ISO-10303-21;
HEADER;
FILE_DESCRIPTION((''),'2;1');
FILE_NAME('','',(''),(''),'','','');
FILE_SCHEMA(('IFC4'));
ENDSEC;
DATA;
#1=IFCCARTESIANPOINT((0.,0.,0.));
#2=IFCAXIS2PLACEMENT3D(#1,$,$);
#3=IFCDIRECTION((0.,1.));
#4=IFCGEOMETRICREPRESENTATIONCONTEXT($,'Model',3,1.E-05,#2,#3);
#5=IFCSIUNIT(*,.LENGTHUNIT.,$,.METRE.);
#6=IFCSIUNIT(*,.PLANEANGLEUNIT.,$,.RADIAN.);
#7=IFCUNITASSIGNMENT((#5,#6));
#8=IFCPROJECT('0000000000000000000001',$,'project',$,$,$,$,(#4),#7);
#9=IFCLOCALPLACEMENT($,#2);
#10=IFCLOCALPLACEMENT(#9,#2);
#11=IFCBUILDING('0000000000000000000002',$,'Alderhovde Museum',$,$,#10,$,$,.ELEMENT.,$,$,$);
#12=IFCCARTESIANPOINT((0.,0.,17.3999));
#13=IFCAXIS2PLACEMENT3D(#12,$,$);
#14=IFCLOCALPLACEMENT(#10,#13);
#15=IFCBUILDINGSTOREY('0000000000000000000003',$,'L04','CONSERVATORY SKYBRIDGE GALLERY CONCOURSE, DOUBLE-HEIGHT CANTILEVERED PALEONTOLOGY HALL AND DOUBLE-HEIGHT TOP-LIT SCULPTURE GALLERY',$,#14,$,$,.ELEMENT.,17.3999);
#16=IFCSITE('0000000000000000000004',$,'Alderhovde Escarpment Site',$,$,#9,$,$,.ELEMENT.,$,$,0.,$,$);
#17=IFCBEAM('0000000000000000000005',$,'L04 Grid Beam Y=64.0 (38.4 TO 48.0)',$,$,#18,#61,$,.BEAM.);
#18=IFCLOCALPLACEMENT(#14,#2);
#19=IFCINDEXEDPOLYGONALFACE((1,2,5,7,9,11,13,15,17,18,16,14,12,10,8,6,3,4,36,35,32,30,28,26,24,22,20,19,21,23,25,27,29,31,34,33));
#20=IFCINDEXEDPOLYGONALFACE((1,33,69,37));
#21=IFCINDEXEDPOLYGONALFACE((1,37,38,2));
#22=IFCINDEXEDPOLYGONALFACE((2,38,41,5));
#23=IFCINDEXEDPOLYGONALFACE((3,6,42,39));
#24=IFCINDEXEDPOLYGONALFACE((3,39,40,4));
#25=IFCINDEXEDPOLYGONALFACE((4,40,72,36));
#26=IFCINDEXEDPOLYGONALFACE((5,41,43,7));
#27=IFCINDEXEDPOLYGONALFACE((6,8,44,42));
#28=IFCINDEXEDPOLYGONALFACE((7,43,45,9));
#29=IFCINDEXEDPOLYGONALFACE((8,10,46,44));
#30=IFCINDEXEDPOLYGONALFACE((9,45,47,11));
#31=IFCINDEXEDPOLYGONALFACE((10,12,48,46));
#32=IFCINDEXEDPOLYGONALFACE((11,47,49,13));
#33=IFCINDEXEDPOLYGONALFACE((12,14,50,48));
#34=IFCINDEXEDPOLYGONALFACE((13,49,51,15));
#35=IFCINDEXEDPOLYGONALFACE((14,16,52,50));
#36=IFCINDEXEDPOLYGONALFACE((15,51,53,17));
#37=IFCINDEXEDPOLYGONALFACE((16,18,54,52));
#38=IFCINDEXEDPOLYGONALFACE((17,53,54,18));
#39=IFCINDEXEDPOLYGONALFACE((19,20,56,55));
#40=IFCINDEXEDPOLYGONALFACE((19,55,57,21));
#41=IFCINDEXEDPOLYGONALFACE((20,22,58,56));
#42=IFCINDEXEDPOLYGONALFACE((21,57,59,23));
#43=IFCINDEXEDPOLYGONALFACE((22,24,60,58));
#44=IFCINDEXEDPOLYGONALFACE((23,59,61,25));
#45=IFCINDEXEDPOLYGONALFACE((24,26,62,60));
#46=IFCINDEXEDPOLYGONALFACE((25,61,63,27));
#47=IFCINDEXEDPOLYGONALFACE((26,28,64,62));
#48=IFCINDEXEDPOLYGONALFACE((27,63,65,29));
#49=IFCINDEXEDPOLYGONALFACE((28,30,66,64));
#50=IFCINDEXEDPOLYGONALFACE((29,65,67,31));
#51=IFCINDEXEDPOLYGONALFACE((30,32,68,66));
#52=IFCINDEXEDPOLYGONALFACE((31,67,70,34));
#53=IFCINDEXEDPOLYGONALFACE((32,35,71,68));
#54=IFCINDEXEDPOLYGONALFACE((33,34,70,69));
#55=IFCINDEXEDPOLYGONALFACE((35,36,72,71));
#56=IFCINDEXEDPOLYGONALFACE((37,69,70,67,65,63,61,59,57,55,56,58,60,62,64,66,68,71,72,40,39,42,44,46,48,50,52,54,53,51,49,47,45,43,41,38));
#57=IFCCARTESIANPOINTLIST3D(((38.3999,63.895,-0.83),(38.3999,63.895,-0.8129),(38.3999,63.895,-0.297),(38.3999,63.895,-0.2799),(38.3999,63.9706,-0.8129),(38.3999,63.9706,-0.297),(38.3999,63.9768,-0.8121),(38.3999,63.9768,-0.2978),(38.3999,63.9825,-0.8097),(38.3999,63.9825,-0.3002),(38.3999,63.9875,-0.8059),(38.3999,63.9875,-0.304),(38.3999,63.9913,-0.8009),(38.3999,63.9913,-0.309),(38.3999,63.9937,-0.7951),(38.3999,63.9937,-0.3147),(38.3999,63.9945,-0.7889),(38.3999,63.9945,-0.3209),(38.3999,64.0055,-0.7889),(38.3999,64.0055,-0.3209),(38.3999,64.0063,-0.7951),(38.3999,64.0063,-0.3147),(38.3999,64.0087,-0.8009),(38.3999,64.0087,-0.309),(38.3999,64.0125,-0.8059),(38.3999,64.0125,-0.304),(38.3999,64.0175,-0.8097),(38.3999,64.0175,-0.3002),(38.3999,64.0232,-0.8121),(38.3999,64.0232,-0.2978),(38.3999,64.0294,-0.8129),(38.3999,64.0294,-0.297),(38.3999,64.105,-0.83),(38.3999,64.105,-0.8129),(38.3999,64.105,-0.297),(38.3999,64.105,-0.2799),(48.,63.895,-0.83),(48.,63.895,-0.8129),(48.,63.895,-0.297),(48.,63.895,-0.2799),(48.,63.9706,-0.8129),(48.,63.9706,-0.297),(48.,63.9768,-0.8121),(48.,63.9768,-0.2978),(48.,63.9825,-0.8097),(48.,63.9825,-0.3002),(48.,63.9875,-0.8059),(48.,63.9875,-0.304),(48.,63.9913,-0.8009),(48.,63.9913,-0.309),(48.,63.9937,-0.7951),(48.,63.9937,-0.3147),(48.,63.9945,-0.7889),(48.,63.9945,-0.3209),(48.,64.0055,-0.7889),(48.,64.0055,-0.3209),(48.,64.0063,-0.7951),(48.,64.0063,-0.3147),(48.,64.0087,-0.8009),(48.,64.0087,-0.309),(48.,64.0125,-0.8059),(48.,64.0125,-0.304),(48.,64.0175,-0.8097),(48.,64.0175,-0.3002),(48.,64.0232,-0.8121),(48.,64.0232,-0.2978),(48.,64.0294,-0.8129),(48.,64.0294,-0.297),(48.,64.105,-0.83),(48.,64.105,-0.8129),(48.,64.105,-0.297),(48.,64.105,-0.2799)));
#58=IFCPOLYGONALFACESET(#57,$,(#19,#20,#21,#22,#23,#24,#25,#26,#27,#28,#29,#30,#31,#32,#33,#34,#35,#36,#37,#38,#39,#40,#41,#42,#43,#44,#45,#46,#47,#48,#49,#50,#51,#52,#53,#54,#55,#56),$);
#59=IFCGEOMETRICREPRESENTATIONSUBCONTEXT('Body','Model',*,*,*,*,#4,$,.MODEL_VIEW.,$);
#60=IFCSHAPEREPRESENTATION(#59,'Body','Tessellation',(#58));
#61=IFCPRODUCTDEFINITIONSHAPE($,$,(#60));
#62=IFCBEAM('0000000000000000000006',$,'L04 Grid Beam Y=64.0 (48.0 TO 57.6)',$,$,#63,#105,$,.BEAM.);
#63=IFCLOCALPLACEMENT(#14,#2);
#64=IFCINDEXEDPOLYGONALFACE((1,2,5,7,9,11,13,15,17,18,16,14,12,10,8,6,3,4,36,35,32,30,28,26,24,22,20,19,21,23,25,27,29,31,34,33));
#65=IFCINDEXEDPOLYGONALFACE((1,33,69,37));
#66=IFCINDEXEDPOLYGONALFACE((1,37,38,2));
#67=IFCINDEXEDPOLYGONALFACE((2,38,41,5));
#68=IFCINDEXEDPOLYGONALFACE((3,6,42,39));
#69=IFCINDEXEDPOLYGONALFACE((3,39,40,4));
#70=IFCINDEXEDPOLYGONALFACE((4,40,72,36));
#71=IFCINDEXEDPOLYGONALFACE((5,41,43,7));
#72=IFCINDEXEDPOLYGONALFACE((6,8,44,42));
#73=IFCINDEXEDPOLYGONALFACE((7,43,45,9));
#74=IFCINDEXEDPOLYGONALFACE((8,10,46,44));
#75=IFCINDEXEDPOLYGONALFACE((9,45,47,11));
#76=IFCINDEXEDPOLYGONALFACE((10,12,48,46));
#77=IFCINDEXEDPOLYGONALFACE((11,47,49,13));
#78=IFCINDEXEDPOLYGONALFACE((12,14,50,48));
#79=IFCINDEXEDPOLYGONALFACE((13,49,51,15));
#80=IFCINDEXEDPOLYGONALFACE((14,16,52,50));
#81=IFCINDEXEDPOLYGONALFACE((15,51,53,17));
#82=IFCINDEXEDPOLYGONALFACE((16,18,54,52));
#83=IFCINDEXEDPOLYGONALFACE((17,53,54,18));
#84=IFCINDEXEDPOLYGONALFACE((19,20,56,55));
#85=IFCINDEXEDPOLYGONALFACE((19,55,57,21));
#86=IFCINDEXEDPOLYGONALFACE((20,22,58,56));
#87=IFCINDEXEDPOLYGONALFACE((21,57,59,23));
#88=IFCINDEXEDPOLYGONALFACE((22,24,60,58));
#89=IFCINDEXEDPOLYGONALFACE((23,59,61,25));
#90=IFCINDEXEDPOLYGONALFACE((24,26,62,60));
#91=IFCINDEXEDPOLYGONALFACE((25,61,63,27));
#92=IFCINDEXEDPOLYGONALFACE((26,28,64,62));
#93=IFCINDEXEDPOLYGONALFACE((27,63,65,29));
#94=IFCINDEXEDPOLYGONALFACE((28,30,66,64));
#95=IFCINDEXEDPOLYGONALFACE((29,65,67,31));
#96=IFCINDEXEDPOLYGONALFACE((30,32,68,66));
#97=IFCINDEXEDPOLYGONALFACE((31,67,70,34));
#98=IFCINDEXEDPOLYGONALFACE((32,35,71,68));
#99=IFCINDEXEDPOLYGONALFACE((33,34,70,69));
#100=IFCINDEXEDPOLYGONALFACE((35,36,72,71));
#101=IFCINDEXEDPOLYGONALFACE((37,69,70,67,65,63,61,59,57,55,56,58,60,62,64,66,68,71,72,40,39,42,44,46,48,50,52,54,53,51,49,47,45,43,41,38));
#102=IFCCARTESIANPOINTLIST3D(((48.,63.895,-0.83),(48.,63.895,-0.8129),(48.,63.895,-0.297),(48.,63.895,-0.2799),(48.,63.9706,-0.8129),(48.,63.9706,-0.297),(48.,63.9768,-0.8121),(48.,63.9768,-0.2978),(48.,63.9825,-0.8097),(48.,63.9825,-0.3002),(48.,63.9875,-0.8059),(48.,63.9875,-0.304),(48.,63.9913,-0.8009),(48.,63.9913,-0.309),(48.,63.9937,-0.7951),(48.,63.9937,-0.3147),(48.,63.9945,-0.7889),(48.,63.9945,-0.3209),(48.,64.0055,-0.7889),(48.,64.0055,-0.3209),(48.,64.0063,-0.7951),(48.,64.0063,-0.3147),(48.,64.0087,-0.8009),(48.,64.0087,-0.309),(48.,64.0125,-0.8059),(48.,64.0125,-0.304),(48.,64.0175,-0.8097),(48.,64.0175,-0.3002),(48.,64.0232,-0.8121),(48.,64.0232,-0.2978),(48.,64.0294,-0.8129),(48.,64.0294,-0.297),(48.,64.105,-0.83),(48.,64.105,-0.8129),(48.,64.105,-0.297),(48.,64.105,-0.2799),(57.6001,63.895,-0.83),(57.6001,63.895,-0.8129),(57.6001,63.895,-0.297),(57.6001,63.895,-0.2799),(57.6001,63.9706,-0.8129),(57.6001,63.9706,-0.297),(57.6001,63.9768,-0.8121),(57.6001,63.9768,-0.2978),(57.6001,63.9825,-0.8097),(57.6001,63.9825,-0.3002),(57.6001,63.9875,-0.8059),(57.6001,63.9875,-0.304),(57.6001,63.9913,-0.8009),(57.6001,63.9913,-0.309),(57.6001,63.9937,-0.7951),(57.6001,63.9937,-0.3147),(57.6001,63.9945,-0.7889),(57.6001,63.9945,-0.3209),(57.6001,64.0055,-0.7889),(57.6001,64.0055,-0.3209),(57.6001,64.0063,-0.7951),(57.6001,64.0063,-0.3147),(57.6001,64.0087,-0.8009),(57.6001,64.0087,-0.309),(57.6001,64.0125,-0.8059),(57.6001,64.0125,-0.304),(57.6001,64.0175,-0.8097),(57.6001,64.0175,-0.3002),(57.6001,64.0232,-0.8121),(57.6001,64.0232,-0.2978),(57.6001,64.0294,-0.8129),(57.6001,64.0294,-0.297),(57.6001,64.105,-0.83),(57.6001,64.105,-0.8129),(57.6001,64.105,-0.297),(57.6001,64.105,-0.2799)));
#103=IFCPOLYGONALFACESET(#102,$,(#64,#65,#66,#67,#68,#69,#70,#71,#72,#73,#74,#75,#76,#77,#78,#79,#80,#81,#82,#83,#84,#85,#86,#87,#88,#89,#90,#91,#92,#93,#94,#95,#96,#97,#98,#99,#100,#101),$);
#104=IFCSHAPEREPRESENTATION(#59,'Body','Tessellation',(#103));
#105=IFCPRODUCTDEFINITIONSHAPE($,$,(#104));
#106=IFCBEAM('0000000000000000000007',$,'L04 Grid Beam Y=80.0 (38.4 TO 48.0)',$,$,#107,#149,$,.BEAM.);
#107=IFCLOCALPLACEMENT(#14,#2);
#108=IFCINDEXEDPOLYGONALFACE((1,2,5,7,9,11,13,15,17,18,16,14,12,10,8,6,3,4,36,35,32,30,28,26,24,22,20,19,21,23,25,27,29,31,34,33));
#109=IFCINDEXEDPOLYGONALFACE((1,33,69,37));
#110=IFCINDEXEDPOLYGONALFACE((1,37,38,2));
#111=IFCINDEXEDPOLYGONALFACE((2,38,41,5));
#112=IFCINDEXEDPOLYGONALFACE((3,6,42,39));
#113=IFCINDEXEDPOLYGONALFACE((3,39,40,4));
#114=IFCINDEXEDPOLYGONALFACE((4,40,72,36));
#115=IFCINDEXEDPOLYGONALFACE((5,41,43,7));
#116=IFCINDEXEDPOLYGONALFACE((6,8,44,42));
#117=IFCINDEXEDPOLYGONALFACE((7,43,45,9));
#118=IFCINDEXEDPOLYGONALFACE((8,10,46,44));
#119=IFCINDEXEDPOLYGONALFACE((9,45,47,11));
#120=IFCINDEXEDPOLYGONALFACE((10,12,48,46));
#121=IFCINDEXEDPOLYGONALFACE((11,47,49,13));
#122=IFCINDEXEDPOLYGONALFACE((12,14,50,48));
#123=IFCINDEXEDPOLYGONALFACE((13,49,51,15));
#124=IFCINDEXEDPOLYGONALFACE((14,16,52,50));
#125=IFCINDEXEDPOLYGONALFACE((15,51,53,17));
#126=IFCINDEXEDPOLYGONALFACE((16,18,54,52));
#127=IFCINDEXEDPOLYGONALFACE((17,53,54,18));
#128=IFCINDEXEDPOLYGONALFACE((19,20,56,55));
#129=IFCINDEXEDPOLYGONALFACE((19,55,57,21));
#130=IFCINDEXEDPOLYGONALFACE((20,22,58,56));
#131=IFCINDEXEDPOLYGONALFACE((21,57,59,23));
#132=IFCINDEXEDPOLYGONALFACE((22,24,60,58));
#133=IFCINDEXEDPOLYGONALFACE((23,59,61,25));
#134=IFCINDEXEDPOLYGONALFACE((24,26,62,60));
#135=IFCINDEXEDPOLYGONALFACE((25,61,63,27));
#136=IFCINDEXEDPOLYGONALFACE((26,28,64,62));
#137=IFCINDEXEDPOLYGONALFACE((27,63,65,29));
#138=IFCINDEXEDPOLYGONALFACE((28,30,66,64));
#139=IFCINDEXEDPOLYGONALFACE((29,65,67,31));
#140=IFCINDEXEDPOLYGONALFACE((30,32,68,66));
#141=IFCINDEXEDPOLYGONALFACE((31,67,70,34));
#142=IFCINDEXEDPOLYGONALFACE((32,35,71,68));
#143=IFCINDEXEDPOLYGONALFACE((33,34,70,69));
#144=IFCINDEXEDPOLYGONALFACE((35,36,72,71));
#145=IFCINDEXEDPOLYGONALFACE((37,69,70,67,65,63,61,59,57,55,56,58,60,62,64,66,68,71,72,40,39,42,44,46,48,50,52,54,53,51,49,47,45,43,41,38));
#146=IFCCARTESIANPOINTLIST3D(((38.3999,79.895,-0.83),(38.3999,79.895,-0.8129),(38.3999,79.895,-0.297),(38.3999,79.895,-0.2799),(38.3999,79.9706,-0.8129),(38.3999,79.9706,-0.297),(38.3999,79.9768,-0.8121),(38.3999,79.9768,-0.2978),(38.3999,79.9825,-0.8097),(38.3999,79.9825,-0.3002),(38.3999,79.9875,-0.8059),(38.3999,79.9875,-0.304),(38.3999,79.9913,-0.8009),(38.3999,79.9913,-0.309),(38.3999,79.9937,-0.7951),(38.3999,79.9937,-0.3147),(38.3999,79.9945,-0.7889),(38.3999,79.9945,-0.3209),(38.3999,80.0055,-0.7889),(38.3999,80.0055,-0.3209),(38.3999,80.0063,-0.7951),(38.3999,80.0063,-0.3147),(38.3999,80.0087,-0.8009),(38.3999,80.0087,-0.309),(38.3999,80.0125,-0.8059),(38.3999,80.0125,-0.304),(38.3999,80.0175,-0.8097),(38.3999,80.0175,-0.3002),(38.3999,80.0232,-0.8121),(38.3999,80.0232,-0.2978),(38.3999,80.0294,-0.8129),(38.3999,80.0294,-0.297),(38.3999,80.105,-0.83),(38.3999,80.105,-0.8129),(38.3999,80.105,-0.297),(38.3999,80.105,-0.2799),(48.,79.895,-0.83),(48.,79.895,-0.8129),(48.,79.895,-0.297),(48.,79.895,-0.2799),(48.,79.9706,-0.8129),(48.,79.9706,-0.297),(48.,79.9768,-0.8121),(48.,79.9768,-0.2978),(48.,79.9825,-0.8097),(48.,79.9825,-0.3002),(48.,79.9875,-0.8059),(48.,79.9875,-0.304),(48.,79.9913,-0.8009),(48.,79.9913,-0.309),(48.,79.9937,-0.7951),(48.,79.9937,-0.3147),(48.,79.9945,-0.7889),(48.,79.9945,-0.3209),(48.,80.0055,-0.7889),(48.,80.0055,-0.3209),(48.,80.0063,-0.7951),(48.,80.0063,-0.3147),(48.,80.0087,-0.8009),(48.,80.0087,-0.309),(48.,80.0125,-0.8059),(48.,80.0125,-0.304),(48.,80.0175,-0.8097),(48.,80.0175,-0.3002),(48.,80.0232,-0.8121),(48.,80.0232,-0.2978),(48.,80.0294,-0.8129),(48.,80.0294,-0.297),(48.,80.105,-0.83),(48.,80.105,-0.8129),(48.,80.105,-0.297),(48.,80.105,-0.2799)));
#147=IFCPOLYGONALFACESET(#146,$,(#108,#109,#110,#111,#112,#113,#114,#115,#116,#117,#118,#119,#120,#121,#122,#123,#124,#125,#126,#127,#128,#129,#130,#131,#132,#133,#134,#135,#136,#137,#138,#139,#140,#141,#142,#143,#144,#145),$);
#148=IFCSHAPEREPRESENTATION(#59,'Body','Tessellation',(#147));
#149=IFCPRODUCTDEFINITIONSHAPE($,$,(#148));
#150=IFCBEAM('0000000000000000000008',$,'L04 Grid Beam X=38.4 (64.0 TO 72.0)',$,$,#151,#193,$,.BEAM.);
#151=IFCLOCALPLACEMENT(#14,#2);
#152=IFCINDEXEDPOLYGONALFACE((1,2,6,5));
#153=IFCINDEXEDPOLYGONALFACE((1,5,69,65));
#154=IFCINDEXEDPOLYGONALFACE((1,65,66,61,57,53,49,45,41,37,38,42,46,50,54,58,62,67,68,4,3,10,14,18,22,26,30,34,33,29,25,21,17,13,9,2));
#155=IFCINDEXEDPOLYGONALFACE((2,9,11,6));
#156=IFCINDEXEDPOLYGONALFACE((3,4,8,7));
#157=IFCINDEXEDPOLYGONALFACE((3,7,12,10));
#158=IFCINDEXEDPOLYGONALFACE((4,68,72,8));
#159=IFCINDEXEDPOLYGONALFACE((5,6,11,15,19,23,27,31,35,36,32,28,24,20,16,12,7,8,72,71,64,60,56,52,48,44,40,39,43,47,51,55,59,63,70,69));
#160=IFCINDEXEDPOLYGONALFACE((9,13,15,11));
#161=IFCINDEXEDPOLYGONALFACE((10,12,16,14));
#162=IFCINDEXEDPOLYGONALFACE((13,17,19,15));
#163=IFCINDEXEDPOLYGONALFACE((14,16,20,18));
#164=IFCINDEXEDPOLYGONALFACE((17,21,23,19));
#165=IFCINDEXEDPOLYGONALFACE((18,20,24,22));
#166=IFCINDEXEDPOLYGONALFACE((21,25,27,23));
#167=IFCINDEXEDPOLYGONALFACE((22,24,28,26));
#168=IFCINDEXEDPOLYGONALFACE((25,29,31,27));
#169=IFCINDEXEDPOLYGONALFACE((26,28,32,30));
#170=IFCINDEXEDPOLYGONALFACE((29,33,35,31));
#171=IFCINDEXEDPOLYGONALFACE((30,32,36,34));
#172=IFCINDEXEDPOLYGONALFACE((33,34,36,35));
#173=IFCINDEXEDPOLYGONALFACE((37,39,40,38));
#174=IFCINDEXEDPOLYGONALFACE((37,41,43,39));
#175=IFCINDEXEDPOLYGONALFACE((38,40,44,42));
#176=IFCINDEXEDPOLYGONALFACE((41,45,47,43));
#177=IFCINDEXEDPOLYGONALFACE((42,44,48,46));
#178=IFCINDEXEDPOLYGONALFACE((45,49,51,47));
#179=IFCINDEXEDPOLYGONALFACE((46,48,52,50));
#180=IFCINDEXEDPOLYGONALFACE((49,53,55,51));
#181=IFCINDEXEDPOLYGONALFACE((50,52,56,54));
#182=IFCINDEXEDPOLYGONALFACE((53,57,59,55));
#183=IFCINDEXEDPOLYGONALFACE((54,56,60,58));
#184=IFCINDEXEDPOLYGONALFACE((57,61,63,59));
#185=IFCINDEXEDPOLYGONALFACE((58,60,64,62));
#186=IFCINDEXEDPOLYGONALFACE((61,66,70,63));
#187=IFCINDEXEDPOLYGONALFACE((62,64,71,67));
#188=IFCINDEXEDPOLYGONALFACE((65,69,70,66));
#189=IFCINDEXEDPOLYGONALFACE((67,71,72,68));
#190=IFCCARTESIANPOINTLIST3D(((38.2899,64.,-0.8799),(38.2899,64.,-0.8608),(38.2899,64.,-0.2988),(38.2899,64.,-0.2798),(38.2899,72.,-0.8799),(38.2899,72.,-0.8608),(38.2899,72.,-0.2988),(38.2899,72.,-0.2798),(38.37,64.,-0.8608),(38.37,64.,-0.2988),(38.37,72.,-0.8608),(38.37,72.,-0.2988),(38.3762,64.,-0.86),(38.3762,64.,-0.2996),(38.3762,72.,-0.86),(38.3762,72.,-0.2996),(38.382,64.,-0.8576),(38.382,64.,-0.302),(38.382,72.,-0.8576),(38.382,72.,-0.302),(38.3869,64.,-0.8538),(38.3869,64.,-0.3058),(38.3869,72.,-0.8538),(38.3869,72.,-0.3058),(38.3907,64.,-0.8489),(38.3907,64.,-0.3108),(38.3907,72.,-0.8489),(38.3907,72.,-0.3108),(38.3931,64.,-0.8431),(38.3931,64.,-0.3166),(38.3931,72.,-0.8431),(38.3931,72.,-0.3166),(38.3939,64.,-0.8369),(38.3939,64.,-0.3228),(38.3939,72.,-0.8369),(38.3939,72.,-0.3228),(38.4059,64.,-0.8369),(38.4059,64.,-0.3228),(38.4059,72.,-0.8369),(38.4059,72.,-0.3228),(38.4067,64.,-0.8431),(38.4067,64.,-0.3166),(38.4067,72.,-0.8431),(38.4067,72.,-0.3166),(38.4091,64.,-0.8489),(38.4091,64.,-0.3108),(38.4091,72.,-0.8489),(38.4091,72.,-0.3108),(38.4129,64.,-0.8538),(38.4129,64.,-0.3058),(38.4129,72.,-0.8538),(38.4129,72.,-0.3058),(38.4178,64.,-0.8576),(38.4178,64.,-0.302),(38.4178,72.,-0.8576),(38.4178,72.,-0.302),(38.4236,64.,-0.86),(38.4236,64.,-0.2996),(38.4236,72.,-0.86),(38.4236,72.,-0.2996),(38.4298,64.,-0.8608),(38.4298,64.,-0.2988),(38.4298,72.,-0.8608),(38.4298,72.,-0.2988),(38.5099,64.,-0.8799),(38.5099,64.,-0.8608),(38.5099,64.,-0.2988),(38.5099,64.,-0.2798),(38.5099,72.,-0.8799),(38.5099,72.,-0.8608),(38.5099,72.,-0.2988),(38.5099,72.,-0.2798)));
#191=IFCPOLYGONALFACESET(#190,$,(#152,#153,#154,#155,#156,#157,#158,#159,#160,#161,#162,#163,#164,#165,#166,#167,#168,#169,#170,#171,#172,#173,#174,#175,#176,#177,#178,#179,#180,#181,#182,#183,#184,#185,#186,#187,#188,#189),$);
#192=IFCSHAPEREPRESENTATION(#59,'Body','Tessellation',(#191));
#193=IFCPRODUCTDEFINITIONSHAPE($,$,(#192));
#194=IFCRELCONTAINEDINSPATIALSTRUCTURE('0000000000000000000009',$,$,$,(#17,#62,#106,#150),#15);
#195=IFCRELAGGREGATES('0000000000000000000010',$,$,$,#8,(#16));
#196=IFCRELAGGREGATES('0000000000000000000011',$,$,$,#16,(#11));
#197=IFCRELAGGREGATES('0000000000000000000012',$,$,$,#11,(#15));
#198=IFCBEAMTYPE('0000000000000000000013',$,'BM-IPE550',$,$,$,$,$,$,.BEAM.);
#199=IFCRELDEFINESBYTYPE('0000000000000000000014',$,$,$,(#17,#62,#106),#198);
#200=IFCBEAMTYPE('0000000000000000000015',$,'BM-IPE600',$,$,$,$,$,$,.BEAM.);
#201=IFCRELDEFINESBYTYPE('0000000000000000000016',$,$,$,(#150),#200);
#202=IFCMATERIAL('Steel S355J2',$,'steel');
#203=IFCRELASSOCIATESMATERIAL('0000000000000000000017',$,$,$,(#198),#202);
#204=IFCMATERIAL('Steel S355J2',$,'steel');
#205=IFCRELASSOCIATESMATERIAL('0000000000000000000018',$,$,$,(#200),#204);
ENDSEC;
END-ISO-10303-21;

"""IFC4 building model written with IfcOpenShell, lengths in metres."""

from ifc_helpers import new_model, si_unit, direction, frame, origin, origin_2d, place, context, subcontext, project, spatial, i_section, extrude, material, material_profile, profile_set, type_object, element, save


model = new_model("IFC4")

# Units and contexts
model_context = context("Model", 3, precision=1e-05, world=origin(), true_north=direction((0.0, 1.0)))
body_context = subcontext(model_context, "Body", "Model", "MODEL_VIEW")
ifc_project = project(units=[si_unit("LENGTHUNIT", "METRE"), si_unit("PLANEANGLEUNIT", "RADIAN")], contexts=[model_context])

# Site, building, storey
site_placement = place(None, origin())
site = spatial("IfcSite", under=ifc_project, at=site_placement, Name="Alderhovde Escarpment Site", CompositionType="ELEMENT", RefElevation=0.0)
building_placement = place(site_placement, origin())
building = spatial("IfcBuilding", under=site, at=building_placement, Name="Alderhovde Museum", CompositionType="ELEMENT")
storey_placement = place(building_placement, frame((0.0, 0.0, 17.3999)))
storey = spatial("IfcBuildingStorey", under=building, at=storey_placement, Name="L04", Description="CONSERVATORY SKYBRIDGE GALLERY CONCOURSE, DOUBLE-HEIGHT CANTILEVERED PALEONTOLOGY HALL AND DOUBLE-HEIGHT TOP-LIT SCULPTURE GALLERY", CompositionType="ELEMENT", Elevation=17.3999)

# Beams
ifc_material_1 = material(Name="Steel S355J2", Category="steel")
ifc_material_profile_1 = material_profile(ifc_material_1, i_section(OverallWidth=0.21, OverallDepth=0.55, WebThickness=0.011, FlangeThickness=0.0171, FilletRadius=0.0239, at=origin_2d()), Name="IPE 550")
ifc_profile_set_1 = profile_set([ifc_material_profile_1], Name="Steel S355J2")
beam_type_1 = type_object("IfcBeamType", Name="BM-IPE550", PredefinedType="BEAM", material=ifc_profile_set_1)
for number, where, z_axis, x_axis, name in (
    (1, (38.3999, 64.0, -0.5549), (1.0, 0.0, 0.0), (0.0, 1.0, 0.0), "L04 Grid Beam Y=64.0 (38.4 TO 48.0)"),
    (2, (48.0, 64.0, -0.5549), (1.0, 0.0, 0.0), (0.0, 1.0, 0.0), "L04 Grid Beam Y=64.0 (48.0 TO 57.6)"),
    (3, (38.3999, 80.0, -0.5549), (1.0, 0.0, 0.0), (0.0, 1.0, 0.0), "L04 Grid Beam Y=80.0 (38.4 TO 48.0)"),
):
    element("IfcBeam", number, at=place(storey_placement, frame(where, z_axis=z_axis, x_axis=x_axis)), inside=storey, type_object=beam_type_1, Name=name, PredefinedType="BEAM", context=body_context, shape_type="SweptSolid", body=[
        extrude(i_section(OverallWidth=0.21, OverallDepth=0.55, WebThickness=0.011, FlangeThickness=0.0171, FilletRadius=0.0239, at=origin_2d()), origin(), (0.0, 0.0, 1.0), 9.6001),
    ])
ifc_material_2 = material(Name="Steel S355J2", Category="steel")
ifc_material_profile_2 = material_profile(ifc_material_2, i_section(OverallWidth=0.22, OverallDepth=0.6001, WebThickness=0.012, FlangeThickness=0.019, FilletRadius=0.0239, at=origin_2d()), Name="IPE 600")
ifc_profile_set_2 = profile_set([ifc_material_profile_2], Name="Steel S355J2")
beam_type_2 = type_object("IfcBeamType", Name="BM-IPE600", PredefinedType="BEAM", material=ifc_profile_set_2)
for number, where, z_axis, x_axis, name in (
    (4, (38.3999, 64.0, -0.5798), (0.0, 1.0, 0.0), (-1.0, 0.0, 0.0), "L04 Grid Beam X=38.4 (64.0 TO 72.0)"),
):
    element("IfcBeam", number, at=place(storey_placement, frame(where, z_axis=z_axis, x_axis=x_axis)), inside=storey, type_object=beam_type_2, Name=name, PredefinedType="BEAM", context=body_context, shape_type="SweptSolid", body=[
        extrude(i_section(OverallWidth=0.22, OverallDepth=0.6001, WebThickness=0.012, FlangeThickness=0.019, FilletRadius=0.0239, at=origin_2d()), origin(), (0.0, 0.0, 1.0), 8.0),
    ])

save(model, "model.ifc")
